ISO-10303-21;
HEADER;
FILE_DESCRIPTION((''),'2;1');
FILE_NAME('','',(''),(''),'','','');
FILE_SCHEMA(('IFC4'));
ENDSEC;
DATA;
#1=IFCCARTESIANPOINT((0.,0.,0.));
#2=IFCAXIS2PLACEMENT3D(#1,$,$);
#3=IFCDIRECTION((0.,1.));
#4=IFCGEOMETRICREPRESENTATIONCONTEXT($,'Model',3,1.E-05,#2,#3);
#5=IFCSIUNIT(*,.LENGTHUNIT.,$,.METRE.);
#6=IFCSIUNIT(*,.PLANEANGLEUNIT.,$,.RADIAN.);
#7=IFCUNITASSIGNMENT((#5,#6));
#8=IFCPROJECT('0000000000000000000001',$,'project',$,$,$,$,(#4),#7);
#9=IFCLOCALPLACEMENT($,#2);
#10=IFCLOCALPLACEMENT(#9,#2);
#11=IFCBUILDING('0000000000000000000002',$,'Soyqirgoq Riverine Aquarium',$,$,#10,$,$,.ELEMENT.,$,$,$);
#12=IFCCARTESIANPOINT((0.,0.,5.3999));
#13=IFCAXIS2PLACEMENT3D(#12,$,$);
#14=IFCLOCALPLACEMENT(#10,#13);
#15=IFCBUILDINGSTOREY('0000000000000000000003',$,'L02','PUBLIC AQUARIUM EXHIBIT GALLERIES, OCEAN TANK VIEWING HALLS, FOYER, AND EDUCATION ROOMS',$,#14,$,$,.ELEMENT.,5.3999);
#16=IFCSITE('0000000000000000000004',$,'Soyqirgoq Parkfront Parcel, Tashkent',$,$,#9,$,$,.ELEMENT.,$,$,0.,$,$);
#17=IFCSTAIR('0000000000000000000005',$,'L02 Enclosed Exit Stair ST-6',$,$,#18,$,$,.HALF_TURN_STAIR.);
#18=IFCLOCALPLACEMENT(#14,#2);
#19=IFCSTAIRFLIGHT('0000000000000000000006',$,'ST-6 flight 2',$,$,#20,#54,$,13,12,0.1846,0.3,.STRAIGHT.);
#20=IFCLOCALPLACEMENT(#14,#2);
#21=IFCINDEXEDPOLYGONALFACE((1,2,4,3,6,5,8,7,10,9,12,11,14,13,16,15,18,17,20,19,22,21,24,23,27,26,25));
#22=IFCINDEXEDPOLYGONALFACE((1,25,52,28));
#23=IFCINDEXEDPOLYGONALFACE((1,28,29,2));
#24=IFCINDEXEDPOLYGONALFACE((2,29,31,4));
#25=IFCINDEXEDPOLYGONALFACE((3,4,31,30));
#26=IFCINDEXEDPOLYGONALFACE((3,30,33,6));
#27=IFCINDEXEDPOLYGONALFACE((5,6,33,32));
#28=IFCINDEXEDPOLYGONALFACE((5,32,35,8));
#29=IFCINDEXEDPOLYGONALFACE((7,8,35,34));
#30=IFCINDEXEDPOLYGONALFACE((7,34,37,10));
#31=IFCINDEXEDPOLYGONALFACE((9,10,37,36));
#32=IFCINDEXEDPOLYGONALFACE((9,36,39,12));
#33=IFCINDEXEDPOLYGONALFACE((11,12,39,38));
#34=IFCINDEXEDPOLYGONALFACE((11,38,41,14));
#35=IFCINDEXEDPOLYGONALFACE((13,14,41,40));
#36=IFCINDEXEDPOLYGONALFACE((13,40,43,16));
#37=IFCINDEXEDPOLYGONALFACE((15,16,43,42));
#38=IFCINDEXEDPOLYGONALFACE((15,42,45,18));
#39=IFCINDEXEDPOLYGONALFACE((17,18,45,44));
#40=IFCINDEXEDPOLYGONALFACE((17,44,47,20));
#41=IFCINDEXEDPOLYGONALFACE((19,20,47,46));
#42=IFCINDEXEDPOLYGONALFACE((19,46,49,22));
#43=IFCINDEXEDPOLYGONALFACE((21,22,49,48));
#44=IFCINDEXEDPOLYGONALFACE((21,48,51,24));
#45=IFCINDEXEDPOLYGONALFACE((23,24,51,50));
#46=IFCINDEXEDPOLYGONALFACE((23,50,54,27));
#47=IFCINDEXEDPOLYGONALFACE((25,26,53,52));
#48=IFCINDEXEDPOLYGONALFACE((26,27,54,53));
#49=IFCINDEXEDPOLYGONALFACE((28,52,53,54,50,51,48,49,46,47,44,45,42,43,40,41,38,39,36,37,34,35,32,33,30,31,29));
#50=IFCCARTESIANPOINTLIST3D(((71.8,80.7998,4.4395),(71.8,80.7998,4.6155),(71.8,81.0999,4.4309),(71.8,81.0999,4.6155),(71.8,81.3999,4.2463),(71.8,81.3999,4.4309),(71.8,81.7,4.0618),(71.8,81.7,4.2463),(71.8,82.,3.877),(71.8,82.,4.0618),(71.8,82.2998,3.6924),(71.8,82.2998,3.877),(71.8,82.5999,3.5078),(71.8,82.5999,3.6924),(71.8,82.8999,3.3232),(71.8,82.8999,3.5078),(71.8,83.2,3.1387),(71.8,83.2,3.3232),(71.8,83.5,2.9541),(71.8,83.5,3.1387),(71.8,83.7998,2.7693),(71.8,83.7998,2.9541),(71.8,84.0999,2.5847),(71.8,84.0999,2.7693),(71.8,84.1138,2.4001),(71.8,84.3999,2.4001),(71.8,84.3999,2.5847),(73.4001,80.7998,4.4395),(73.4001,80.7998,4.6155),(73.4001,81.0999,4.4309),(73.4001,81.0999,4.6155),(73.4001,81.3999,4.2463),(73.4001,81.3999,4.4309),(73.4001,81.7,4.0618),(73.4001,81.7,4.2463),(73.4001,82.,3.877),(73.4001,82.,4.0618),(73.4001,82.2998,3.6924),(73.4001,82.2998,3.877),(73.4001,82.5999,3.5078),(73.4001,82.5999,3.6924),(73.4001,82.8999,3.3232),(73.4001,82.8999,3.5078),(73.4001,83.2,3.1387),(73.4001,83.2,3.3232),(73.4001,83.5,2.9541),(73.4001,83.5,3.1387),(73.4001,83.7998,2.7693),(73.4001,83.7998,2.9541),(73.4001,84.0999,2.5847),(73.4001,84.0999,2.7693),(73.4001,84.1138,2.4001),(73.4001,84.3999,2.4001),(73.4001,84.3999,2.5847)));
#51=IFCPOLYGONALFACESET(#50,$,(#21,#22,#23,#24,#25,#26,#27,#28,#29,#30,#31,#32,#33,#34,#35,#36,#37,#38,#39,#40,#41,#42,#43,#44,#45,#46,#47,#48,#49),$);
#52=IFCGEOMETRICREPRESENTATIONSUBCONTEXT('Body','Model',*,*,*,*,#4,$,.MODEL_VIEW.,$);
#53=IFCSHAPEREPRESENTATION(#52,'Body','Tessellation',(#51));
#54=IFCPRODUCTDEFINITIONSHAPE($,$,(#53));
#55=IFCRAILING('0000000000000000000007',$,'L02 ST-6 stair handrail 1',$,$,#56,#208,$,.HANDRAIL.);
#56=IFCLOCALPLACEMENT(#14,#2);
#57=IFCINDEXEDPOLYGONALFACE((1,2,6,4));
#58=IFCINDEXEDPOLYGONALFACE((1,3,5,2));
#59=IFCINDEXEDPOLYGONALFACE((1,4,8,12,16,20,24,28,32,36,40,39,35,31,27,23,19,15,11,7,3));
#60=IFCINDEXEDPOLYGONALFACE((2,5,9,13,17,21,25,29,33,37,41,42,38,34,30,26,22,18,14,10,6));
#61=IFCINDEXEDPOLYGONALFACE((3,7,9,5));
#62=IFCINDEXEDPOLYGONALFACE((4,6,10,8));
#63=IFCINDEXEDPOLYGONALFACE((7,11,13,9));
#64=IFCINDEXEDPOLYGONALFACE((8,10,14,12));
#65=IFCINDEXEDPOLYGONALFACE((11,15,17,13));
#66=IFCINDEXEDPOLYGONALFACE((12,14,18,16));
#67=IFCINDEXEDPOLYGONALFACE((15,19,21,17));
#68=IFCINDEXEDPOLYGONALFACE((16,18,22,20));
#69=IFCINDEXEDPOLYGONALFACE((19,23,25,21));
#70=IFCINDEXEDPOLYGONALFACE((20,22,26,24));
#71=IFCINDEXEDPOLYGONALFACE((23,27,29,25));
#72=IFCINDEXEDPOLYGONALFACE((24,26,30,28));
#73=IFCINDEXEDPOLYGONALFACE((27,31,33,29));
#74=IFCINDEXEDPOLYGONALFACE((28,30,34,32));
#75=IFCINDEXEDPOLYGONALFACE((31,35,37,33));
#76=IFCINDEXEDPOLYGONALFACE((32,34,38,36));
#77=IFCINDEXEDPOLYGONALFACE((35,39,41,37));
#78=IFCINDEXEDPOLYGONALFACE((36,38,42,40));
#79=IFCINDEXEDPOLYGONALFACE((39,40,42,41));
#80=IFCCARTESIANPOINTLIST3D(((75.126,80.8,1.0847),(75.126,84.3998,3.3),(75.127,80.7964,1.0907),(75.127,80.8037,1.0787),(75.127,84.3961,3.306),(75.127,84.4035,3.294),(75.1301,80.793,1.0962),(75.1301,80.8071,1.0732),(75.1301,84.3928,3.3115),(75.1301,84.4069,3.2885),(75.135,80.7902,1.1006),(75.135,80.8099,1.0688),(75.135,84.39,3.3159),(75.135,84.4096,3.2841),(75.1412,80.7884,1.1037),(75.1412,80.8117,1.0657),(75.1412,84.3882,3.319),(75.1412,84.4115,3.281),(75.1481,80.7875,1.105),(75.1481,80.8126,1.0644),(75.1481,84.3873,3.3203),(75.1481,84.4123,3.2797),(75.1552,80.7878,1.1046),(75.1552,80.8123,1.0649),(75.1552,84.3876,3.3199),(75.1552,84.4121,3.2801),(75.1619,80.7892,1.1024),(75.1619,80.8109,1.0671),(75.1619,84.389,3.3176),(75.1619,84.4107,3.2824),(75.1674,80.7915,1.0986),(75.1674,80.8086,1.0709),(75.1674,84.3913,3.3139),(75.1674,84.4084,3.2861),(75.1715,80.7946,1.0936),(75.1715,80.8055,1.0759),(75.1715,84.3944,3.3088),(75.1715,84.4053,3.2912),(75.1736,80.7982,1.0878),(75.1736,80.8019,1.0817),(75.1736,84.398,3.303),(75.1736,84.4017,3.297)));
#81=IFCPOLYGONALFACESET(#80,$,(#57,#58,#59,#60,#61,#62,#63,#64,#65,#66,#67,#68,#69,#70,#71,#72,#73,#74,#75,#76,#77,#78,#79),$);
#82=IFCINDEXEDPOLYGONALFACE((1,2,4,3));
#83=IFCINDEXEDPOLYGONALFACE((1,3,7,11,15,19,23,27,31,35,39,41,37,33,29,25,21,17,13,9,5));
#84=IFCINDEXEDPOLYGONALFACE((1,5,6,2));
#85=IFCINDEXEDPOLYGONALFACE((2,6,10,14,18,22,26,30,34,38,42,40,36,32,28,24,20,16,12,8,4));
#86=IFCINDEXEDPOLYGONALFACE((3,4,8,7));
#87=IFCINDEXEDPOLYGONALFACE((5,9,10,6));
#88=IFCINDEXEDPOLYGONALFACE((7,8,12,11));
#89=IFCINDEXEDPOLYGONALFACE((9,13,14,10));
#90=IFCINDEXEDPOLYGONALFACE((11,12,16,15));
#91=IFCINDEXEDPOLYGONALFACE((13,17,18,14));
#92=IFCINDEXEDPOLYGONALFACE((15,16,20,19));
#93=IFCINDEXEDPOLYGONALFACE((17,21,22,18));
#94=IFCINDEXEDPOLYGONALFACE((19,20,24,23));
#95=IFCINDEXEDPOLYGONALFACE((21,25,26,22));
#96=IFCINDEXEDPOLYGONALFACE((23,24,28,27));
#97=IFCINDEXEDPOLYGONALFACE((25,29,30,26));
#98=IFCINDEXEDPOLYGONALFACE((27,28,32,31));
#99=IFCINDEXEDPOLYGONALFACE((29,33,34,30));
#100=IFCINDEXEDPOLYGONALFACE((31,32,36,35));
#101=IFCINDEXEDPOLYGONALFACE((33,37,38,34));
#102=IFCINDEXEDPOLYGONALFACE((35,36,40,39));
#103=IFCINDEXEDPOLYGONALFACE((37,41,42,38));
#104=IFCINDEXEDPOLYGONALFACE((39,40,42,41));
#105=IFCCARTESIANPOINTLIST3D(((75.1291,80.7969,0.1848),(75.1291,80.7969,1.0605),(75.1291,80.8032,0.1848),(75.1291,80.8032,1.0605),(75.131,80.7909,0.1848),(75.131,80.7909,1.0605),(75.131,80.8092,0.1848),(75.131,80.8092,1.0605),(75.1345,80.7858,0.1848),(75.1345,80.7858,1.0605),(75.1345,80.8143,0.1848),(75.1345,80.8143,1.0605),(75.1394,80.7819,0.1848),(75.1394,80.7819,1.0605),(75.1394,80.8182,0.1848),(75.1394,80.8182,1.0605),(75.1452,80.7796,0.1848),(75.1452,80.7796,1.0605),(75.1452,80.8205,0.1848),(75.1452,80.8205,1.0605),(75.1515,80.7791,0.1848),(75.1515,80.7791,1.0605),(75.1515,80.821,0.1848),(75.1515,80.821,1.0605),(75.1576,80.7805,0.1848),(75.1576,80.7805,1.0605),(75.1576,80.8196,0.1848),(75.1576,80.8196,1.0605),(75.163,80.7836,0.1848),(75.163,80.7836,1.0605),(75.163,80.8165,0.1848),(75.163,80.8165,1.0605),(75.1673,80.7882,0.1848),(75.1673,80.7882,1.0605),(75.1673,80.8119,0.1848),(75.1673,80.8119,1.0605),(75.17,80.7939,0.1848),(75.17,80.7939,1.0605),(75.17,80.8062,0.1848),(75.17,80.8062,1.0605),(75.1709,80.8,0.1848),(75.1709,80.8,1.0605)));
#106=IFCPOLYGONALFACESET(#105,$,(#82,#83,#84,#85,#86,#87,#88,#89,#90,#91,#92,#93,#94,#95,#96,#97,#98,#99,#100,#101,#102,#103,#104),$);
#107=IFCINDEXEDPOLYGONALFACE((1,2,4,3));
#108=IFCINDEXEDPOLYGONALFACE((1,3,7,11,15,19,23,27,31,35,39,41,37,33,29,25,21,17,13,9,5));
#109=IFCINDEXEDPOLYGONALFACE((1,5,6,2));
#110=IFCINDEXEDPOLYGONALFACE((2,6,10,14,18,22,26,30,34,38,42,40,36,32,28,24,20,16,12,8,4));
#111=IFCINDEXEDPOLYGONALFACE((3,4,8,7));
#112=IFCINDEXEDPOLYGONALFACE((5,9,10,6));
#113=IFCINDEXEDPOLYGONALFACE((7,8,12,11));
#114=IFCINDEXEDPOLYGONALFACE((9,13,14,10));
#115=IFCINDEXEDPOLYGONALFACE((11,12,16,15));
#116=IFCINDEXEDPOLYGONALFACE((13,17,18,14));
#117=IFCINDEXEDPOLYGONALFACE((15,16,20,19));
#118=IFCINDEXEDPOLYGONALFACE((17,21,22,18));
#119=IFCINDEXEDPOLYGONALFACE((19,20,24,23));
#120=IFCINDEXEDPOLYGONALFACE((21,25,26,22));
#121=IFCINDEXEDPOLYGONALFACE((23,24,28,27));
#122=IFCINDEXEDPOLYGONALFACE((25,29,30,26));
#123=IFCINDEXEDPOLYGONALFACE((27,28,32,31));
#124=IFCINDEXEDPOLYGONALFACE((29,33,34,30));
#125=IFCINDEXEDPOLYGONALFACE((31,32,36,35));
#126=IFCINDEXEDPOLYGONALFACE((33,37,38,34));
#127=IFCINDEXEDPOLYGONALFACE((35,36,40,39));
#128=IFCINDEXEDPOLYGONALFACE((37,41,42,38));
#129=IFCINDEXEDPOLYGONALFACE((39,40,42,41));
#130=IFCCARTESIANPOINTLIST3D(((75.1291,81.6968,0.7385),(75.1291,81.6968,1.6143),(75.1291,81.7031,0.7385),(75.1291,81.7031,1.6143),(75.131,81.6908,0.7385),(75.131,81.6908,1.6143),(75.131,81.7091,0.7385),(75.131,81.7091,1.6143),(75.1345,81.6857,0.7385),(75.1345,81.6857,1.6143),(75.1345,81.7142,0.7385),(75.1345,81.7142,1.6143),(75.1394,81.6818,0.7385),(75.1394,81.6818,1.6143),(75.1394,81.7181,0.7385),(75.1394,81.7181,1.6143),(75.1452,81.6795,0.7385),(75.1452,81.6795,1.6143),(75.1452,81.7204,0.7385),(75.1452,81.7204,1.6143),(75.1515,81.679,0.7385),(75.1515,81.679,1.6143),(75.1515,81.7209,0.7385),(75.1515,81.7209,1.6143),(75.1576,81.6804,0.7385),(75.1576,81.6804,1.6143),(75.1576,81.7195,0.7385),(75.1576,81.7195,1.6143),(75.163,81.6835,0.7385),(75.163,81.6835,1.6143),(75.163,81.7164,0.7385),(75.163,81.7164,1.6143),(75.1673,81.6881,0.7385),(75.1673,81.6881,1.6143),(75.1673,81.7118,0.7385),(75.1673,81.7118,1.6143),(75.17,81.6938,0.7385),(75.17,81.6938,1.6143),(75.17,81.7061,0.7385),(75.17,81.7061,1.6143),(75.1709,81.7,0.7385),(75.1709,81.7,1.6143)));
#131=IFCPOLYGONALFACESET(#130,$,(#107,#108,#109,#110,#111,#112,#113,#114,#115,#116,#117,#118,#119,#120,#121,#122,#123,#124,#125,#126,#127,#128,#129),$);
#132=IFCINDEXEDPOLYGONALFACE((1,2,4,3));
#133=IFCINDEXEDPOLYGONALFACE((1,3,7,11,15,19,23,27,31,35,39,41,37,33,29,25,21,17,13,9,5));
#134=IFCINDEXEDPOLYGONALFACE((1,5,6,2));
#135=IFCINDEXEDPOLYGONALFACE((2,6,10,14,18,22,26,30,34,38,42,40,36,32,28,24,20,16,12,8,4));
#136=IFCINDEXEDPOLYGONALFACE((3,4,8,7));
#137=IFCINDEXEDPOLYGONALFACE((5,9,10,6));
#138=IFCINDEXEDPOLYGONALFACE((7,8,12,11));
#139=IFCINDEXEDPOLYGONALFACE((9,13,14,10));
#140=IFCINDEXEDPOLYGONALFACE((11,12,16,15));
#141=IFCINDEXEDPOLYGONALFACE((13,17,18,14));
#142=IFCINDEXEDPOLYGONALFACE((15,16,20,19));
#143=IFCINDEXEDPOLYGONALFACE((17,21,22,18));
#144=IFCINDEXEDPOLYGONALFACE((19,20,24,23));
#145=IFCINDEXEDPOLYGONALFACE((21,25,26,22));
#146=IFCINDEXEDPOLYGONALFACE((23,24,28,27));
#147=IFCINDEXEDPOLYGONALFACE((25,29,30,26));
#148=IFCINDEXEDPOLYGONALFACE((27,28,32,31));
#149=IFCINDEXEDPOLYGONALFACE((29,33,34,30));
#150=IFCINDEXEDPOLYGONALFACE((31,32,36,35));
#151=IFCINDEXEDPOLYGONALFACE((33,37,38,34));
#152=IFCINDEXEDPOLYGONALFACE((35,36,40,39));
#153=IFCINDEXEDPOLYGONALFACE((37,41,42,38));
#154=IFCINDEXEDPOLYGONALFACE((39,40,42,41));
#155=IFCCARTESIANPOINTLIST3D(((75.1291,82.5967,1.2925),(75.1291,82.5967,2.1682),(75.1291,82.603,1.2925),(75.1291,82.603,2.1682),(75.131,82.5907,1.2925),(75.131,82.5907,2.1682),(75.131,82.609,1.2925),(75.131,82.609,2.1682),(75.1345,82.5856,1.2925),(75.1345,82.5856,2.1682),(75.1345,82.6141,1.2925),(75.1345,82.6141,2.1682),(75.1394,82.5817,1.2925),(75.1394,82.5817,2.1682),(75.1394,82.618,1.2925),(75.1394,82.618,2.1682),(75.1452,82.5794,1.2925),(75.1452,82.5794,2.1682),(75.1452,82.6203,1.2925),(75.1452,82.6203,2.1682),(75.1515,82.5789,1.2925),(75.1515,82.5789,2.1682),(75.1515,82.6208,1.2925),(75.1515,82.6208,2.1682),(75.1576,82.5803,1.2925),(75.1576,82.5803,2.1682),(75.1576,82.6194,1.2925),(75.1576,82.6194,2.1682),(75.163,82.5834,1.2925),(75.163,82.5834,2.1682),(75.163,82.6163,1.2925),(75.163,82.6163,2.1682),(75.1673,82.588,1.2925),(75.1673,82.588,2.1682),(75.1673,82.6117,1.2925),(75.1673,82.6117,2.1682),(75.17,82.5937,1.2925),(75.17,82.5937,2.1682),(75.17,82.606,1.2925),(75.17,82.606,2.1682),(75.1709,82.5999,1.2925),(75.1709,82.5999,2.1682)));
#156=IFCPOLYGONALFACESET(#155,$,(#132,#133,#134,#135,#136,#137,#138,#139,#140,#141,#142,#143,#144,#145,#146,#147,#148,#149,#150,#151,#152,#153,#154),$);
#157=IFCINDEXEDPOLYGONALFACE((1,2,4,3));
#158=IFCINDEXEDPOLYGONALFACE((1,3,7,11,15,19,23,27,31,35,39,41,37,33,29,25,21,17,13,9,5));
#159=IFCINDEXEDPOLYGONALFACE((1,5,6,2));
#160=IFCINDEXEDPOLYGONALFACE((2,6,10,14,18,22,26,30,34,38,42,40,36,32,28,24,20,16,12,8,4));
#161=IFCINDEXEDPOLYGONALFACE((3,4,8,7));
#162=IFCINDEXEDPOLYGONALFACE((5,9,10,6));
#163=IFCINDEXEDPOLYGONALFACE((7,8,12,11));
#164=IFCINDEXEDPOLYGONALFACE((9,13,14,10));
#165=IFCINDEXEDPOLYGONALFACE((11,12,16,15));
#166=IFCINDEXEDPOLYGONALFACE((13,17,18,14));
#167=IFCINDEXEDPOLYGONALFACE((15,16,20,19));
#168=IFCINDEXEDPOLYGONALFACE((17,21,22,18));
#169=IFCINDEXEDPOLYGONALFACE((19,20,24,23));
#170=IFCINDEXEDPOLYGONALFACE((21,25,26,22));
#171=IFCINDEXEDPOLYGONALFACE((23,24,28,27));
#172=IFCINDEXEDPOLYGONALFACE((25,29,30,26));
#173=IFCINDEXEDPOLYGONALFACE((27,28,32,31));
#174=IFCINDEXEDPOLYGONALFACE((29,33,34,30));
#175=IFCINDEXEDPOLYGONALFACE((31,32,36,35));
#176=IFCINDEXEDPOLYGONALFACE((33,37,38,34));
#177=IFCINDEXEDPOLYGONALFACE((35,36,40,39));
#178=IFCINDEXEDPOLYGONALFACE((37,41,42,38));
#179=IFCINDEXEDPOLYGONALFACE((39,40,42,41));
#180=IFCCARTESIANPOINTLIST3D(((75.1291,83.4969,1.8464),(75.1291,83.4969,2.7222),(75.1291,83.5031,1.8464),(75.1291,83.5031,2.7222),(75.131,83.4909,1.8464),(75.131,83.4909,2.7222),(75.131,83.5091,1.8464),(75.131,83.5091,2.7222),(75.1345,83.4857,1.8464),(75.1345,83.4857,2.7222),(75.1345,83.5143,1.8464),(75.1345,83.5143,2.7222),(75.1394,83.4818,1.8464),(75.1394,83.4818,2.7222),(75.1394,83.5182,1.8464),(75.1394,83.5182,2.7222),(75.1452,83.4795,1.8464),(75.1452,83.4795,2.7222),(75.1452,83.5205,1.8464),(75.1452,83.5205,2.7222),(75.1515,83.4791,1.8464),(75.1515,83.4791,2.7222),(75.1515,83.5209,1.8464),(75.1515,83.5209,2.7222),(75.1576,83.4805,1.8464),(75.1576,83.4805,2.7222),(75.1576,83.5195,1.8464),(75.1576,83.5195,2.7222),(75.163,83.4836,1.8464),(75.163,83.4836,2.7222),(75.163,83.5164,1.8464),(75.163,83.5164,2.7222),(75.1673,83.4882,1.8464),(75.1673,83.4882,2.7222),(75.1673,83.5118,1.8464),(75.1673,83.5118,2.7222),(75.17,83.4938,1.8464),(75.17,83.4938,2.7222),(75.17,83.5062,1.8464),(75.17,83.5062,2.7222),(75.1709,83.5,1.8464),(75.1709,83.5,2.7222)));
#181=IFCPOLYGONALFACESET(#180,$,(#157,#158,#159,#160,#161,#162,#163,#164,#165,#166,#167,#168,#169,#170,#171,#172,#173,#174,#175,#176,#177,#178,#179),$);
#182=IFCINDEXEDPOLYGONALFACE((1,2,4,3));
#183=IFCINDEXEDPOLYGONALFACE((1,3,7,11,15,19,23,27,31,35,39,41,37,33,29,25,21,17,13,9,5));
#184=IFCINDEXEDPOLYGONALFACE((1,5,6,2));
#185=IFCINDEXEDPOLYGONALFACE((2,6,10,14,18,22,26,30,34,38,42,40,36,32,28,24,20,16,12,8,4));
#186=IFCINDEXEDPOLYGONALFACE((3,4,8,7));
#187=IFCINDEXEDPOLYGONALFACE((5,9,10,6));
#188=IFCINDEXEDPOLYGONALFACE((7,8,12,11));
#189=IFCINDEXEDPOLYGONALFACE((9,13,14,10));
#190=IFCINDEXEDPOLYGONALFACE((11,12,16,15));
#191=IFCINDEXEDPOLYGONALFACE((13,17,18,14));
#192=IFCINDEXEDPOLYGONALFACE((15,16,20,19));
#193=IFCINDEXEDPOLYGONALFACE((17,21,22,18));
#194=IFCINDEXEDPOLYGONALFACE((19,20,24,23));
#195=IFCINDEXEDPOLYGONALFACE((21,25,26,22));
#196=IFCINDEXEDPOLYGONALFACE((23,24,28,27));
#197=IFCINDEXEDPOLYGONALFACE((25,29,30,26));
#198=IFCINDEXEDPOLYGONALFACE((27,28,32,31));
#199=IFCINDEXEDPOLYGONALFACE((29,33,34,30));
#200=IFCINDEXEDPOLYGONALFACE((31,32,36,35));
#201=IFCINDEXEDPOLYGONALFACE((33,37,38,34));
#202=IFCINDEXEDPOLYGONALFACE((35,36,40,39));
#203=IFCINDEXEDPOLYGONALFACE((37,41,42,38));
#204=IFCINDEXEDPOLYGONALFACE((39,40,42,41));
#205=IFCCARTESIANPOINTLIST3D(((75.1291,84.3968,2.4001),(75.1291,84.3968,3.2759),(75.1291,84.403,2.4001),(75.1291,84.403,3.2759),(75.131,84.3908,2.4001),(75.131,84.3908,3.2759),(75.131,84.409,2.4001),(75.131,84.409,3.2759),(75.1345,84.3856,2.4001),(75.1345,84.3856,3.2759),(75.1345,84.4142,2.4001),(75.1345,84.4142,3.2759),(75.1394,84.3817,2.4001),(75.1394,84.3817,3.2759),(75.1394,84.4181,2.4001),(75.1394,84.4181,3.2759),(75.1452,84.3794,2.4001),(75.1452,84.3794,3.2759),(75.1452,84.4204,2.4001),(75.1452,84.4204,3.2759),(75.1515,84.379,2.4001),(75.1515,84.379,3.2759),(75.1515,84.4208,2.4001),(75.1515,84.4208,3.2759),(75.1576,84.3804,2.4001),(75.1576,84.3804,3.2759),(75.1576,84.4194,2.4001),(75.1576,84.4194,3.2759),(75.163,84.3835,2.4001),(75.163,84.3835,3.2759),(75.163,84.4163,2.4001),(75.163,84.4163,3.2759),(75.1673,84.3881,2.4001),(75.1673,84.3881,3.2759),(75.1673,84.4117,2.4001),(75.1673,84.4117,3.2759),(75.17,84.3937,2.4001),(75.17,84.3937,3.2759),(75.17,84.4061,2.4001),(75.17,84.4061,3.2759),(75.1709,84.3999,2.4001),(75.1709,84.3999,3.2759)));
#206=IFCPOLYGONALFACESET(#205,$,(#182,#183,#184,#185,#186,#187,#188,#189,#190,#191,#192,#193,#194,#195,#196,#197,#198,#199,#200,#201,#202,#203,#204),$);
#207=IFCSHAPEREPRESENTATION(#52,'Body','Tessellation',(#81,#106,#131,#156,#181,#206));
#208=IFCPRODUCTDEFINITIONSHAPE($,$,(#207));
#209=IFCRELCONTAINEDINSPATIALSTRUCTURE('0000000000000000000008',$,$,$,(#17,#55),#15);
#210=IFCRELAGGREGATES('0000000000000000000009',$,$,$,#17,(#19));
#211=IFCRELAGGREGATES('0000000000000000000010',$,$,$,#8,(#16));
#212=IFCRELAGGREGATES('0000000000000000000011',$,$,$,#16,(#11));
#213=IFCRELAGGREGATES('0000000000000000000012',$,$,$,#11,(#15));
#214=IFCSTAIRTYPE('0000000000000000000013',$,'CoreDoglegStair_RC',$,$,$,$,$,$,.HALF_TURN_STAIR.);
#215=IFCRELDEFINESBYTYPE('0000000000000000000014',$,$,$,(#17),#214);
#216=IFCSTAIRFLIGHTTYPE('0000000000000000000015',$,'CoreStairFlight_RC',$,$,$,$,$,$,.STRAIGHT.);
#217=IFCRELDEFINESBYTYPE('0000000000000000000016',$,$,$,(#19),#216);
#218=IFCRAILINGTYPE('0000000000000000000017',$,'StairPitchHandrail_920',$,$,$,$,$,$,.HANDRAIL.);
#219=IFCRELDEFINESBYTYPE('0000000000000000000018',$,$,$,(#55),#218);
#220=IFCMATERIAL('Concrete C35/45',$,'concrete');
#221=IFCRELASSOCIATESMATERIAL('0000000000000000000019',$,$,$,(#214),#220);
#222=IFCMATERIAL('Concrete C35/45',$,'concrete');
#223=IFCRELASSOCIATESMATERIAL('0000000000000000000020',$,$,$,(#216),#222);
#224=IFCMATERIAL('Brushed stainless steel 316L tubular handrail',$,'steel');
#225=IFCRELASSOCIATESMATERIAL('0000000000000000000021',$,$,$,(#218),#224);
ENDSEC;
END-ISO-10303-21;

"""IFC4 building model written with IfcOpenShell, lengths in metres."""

from ifc_helpers import new_model, si_unit, direction, frame, origin, origin_2d, place, context, subcontext, project, spatial, polyline, circle, outline, extrude, material, type_object, element, aggregate, save


model = new_model("IFC4")

# Units and contexts
model_context = context("Model", 3, precision=1e-05, world=origin(), true_north=direction((0.0, 1.0)))
body_context = subcontext(model_context, "Body", "Model", "MODEL_VIEW")
ifc_project = project(units=[si_unit("LENGTHUNIT", "METRE"), si_unit("PLANEANGLEUNIT", "RADIAN")], contexts=[model_context])

# Site, building, storey
site_placement = place(None, origin())
site = spatial("IfcSite", under=ifc_project, at=site_placement, Name="Soyqirgoq Parkfront Parcel, Tashkent", CompositionType="ELEMENT", RefElevation=0.0)
building_placement = place(site_placement, origin())
building = spatial("IfcBuilding", under=site, at=building_placement, Name="Soyqirgoq Riverine Aquarium", CompositionType="ELEMENT")
storey_placement = place(building_placement, frame((0.0, 0.0, 5.3999)))
storey = spatial("IfcBuildingStorey", under=building, at=storey_placement, Name="L02", Description="PUBLIC AQUARIUM EXHIBIT GALLERIES, OCEAN TANK VIEWING HALLS, FOYER, AND EDUCATION ROOMS", CompositionType="ELEMENT", Elevation=5.3999)

# Stair, stair flight
ifc_material_1 = material(Name="Concrete C35/45", Category="concrete")
stair_type = type_object("IfcStairType", Name="CoreDoglegStair_RC", PredefinedType="HALF_TURN_STAIR", material=ifc_material_1)
stair_placement = place(storey_placement, origin())
stair = element("IfcStair", 1, at=stair_placement, inside=storey, type_object=stair_type, Name="L02 Enclosed Exit Stair ST-6", PredefinedType="HALF_TURN_STAIR")
ifc_material_2 = material(Name="Concrete C35/45", Category="concrete")
stair_flight_type = type_object("IfcStairFlightType", Name="CoreStairFlight_RC", PredefinedType="STRAIGHT", material=ifc_material_2)
stair_flight_1_placement = place(storey_placement, frame((72.6001, 84.3999, 2.4001), z_axis=(0.0, 0.0, 1.0), x_axis=(0.0, -1.0, 0.0)))
stair_flight_1 = element("IfcStairFlight", 2, at=stair_flight_1_placement, type_object=stair_flight_type, Name="ST-6 flight 2", NumberOfRisers=13, NumberOfTreads=12, PredefinedType="STRAIGHT", RiserHeight=0.1846, TreadLength=0.3, context=body_context, shape_type="SweptSolid", body=[
    extrude(outline(polyline([(0.0, 0.0), (0.0, 0.1846), (0.3, 0.1846), (0.3, 0.3691), (0.6001, 0.3691), (0.6001, 0.554), (0.8999, 0.554), (0.8999, 0.7385), (1.2, 0.7385), (1.2, 0.9231), (1.5, 0.9231), (1.5, 1.1077), (1.8, 1.1077), (1.8, 1.2922), (2.1001, 1.2922), (2.1001, 1.4768), (2.3999, 1.4768), (2.3999, 1.6616), (2.7, 1.6616), (2.7, 1.8462), (3.0, 1.8462), (3.0, 2.0308), (3.3, 2.0308), (3.3, 2.2153), (3.6001, 2.2153), (3.6001, 2.3999), (3.6001, 2.0393), (0.2861, 0.0), (0.0, 0.0)])), frame((0.0, 0.8, 0.0), z_axis=(0.0, -1.0, 0.0), x_axis=(1.0, 0.0, 0.0)), (0.0, 0.0, 1.0), 1.6001),
])
aggregate(stair, [stair_flight_1])

# Railing
ifc_material_3 = material(Name="Brushed stainless steel 316L tubular handrail", Category="steel")
railing_type_1 = type_object("IfcRailingType", Name="StairPitchHandrail_920", PredefinedType="HANDRAIL", material=ifc_material_3)
railing_1_placement = place(storey_placement, frame((75.1499, 80.8, 0.1848)))
element("IfcRailing", 3, at=railing_1_placement, inside=storey, type_object=railing_type_1, Name="L02 ST-6 stair handrail 1", PredefinedType="HANDRAIL", context=body_context, shape_type="SweptSolid", body=[
    extrude(circle(Radius=0.0239, at=origin_2d()), frame((0.0, 0.0, 0.8999), z_axis=(0.0, 0.851654, 0.524104), x_axis=(-1.0, 0.0, 0.0)), (0.0, 0.0, 1.0), 4.2268),
    extrude(circle(Radius=0.021, at=origin_2d()), origin(), (0.0, 0.0, 1.0), 0.8757),
    extrude(circle(Radius=0.021, at=origin_2d()), frame((0.0, 0.8999, 0.5537)), (0.0, 0.0, 1.0), 0.8757),
    extrude(circle(Radius=0.021, at=origin_2d()), frame((0.0, 1.7998, 1.1077)), (0.0, 0.0, 1.0), 0.8757),
    extrude(circle(Radius=0.021, at=origin_2d()), frame((0.0, 2.7, 1.6616)), (0.0, 0.0, 1.0), 0.8757),
    extrude(circle(Radius=0.021, at=origin_2d()), frame((0.0, 3.5999, 2.2153)), (0.0, 0.0, 1.0), 0.8757),
])

save(model, "model.ifc")
